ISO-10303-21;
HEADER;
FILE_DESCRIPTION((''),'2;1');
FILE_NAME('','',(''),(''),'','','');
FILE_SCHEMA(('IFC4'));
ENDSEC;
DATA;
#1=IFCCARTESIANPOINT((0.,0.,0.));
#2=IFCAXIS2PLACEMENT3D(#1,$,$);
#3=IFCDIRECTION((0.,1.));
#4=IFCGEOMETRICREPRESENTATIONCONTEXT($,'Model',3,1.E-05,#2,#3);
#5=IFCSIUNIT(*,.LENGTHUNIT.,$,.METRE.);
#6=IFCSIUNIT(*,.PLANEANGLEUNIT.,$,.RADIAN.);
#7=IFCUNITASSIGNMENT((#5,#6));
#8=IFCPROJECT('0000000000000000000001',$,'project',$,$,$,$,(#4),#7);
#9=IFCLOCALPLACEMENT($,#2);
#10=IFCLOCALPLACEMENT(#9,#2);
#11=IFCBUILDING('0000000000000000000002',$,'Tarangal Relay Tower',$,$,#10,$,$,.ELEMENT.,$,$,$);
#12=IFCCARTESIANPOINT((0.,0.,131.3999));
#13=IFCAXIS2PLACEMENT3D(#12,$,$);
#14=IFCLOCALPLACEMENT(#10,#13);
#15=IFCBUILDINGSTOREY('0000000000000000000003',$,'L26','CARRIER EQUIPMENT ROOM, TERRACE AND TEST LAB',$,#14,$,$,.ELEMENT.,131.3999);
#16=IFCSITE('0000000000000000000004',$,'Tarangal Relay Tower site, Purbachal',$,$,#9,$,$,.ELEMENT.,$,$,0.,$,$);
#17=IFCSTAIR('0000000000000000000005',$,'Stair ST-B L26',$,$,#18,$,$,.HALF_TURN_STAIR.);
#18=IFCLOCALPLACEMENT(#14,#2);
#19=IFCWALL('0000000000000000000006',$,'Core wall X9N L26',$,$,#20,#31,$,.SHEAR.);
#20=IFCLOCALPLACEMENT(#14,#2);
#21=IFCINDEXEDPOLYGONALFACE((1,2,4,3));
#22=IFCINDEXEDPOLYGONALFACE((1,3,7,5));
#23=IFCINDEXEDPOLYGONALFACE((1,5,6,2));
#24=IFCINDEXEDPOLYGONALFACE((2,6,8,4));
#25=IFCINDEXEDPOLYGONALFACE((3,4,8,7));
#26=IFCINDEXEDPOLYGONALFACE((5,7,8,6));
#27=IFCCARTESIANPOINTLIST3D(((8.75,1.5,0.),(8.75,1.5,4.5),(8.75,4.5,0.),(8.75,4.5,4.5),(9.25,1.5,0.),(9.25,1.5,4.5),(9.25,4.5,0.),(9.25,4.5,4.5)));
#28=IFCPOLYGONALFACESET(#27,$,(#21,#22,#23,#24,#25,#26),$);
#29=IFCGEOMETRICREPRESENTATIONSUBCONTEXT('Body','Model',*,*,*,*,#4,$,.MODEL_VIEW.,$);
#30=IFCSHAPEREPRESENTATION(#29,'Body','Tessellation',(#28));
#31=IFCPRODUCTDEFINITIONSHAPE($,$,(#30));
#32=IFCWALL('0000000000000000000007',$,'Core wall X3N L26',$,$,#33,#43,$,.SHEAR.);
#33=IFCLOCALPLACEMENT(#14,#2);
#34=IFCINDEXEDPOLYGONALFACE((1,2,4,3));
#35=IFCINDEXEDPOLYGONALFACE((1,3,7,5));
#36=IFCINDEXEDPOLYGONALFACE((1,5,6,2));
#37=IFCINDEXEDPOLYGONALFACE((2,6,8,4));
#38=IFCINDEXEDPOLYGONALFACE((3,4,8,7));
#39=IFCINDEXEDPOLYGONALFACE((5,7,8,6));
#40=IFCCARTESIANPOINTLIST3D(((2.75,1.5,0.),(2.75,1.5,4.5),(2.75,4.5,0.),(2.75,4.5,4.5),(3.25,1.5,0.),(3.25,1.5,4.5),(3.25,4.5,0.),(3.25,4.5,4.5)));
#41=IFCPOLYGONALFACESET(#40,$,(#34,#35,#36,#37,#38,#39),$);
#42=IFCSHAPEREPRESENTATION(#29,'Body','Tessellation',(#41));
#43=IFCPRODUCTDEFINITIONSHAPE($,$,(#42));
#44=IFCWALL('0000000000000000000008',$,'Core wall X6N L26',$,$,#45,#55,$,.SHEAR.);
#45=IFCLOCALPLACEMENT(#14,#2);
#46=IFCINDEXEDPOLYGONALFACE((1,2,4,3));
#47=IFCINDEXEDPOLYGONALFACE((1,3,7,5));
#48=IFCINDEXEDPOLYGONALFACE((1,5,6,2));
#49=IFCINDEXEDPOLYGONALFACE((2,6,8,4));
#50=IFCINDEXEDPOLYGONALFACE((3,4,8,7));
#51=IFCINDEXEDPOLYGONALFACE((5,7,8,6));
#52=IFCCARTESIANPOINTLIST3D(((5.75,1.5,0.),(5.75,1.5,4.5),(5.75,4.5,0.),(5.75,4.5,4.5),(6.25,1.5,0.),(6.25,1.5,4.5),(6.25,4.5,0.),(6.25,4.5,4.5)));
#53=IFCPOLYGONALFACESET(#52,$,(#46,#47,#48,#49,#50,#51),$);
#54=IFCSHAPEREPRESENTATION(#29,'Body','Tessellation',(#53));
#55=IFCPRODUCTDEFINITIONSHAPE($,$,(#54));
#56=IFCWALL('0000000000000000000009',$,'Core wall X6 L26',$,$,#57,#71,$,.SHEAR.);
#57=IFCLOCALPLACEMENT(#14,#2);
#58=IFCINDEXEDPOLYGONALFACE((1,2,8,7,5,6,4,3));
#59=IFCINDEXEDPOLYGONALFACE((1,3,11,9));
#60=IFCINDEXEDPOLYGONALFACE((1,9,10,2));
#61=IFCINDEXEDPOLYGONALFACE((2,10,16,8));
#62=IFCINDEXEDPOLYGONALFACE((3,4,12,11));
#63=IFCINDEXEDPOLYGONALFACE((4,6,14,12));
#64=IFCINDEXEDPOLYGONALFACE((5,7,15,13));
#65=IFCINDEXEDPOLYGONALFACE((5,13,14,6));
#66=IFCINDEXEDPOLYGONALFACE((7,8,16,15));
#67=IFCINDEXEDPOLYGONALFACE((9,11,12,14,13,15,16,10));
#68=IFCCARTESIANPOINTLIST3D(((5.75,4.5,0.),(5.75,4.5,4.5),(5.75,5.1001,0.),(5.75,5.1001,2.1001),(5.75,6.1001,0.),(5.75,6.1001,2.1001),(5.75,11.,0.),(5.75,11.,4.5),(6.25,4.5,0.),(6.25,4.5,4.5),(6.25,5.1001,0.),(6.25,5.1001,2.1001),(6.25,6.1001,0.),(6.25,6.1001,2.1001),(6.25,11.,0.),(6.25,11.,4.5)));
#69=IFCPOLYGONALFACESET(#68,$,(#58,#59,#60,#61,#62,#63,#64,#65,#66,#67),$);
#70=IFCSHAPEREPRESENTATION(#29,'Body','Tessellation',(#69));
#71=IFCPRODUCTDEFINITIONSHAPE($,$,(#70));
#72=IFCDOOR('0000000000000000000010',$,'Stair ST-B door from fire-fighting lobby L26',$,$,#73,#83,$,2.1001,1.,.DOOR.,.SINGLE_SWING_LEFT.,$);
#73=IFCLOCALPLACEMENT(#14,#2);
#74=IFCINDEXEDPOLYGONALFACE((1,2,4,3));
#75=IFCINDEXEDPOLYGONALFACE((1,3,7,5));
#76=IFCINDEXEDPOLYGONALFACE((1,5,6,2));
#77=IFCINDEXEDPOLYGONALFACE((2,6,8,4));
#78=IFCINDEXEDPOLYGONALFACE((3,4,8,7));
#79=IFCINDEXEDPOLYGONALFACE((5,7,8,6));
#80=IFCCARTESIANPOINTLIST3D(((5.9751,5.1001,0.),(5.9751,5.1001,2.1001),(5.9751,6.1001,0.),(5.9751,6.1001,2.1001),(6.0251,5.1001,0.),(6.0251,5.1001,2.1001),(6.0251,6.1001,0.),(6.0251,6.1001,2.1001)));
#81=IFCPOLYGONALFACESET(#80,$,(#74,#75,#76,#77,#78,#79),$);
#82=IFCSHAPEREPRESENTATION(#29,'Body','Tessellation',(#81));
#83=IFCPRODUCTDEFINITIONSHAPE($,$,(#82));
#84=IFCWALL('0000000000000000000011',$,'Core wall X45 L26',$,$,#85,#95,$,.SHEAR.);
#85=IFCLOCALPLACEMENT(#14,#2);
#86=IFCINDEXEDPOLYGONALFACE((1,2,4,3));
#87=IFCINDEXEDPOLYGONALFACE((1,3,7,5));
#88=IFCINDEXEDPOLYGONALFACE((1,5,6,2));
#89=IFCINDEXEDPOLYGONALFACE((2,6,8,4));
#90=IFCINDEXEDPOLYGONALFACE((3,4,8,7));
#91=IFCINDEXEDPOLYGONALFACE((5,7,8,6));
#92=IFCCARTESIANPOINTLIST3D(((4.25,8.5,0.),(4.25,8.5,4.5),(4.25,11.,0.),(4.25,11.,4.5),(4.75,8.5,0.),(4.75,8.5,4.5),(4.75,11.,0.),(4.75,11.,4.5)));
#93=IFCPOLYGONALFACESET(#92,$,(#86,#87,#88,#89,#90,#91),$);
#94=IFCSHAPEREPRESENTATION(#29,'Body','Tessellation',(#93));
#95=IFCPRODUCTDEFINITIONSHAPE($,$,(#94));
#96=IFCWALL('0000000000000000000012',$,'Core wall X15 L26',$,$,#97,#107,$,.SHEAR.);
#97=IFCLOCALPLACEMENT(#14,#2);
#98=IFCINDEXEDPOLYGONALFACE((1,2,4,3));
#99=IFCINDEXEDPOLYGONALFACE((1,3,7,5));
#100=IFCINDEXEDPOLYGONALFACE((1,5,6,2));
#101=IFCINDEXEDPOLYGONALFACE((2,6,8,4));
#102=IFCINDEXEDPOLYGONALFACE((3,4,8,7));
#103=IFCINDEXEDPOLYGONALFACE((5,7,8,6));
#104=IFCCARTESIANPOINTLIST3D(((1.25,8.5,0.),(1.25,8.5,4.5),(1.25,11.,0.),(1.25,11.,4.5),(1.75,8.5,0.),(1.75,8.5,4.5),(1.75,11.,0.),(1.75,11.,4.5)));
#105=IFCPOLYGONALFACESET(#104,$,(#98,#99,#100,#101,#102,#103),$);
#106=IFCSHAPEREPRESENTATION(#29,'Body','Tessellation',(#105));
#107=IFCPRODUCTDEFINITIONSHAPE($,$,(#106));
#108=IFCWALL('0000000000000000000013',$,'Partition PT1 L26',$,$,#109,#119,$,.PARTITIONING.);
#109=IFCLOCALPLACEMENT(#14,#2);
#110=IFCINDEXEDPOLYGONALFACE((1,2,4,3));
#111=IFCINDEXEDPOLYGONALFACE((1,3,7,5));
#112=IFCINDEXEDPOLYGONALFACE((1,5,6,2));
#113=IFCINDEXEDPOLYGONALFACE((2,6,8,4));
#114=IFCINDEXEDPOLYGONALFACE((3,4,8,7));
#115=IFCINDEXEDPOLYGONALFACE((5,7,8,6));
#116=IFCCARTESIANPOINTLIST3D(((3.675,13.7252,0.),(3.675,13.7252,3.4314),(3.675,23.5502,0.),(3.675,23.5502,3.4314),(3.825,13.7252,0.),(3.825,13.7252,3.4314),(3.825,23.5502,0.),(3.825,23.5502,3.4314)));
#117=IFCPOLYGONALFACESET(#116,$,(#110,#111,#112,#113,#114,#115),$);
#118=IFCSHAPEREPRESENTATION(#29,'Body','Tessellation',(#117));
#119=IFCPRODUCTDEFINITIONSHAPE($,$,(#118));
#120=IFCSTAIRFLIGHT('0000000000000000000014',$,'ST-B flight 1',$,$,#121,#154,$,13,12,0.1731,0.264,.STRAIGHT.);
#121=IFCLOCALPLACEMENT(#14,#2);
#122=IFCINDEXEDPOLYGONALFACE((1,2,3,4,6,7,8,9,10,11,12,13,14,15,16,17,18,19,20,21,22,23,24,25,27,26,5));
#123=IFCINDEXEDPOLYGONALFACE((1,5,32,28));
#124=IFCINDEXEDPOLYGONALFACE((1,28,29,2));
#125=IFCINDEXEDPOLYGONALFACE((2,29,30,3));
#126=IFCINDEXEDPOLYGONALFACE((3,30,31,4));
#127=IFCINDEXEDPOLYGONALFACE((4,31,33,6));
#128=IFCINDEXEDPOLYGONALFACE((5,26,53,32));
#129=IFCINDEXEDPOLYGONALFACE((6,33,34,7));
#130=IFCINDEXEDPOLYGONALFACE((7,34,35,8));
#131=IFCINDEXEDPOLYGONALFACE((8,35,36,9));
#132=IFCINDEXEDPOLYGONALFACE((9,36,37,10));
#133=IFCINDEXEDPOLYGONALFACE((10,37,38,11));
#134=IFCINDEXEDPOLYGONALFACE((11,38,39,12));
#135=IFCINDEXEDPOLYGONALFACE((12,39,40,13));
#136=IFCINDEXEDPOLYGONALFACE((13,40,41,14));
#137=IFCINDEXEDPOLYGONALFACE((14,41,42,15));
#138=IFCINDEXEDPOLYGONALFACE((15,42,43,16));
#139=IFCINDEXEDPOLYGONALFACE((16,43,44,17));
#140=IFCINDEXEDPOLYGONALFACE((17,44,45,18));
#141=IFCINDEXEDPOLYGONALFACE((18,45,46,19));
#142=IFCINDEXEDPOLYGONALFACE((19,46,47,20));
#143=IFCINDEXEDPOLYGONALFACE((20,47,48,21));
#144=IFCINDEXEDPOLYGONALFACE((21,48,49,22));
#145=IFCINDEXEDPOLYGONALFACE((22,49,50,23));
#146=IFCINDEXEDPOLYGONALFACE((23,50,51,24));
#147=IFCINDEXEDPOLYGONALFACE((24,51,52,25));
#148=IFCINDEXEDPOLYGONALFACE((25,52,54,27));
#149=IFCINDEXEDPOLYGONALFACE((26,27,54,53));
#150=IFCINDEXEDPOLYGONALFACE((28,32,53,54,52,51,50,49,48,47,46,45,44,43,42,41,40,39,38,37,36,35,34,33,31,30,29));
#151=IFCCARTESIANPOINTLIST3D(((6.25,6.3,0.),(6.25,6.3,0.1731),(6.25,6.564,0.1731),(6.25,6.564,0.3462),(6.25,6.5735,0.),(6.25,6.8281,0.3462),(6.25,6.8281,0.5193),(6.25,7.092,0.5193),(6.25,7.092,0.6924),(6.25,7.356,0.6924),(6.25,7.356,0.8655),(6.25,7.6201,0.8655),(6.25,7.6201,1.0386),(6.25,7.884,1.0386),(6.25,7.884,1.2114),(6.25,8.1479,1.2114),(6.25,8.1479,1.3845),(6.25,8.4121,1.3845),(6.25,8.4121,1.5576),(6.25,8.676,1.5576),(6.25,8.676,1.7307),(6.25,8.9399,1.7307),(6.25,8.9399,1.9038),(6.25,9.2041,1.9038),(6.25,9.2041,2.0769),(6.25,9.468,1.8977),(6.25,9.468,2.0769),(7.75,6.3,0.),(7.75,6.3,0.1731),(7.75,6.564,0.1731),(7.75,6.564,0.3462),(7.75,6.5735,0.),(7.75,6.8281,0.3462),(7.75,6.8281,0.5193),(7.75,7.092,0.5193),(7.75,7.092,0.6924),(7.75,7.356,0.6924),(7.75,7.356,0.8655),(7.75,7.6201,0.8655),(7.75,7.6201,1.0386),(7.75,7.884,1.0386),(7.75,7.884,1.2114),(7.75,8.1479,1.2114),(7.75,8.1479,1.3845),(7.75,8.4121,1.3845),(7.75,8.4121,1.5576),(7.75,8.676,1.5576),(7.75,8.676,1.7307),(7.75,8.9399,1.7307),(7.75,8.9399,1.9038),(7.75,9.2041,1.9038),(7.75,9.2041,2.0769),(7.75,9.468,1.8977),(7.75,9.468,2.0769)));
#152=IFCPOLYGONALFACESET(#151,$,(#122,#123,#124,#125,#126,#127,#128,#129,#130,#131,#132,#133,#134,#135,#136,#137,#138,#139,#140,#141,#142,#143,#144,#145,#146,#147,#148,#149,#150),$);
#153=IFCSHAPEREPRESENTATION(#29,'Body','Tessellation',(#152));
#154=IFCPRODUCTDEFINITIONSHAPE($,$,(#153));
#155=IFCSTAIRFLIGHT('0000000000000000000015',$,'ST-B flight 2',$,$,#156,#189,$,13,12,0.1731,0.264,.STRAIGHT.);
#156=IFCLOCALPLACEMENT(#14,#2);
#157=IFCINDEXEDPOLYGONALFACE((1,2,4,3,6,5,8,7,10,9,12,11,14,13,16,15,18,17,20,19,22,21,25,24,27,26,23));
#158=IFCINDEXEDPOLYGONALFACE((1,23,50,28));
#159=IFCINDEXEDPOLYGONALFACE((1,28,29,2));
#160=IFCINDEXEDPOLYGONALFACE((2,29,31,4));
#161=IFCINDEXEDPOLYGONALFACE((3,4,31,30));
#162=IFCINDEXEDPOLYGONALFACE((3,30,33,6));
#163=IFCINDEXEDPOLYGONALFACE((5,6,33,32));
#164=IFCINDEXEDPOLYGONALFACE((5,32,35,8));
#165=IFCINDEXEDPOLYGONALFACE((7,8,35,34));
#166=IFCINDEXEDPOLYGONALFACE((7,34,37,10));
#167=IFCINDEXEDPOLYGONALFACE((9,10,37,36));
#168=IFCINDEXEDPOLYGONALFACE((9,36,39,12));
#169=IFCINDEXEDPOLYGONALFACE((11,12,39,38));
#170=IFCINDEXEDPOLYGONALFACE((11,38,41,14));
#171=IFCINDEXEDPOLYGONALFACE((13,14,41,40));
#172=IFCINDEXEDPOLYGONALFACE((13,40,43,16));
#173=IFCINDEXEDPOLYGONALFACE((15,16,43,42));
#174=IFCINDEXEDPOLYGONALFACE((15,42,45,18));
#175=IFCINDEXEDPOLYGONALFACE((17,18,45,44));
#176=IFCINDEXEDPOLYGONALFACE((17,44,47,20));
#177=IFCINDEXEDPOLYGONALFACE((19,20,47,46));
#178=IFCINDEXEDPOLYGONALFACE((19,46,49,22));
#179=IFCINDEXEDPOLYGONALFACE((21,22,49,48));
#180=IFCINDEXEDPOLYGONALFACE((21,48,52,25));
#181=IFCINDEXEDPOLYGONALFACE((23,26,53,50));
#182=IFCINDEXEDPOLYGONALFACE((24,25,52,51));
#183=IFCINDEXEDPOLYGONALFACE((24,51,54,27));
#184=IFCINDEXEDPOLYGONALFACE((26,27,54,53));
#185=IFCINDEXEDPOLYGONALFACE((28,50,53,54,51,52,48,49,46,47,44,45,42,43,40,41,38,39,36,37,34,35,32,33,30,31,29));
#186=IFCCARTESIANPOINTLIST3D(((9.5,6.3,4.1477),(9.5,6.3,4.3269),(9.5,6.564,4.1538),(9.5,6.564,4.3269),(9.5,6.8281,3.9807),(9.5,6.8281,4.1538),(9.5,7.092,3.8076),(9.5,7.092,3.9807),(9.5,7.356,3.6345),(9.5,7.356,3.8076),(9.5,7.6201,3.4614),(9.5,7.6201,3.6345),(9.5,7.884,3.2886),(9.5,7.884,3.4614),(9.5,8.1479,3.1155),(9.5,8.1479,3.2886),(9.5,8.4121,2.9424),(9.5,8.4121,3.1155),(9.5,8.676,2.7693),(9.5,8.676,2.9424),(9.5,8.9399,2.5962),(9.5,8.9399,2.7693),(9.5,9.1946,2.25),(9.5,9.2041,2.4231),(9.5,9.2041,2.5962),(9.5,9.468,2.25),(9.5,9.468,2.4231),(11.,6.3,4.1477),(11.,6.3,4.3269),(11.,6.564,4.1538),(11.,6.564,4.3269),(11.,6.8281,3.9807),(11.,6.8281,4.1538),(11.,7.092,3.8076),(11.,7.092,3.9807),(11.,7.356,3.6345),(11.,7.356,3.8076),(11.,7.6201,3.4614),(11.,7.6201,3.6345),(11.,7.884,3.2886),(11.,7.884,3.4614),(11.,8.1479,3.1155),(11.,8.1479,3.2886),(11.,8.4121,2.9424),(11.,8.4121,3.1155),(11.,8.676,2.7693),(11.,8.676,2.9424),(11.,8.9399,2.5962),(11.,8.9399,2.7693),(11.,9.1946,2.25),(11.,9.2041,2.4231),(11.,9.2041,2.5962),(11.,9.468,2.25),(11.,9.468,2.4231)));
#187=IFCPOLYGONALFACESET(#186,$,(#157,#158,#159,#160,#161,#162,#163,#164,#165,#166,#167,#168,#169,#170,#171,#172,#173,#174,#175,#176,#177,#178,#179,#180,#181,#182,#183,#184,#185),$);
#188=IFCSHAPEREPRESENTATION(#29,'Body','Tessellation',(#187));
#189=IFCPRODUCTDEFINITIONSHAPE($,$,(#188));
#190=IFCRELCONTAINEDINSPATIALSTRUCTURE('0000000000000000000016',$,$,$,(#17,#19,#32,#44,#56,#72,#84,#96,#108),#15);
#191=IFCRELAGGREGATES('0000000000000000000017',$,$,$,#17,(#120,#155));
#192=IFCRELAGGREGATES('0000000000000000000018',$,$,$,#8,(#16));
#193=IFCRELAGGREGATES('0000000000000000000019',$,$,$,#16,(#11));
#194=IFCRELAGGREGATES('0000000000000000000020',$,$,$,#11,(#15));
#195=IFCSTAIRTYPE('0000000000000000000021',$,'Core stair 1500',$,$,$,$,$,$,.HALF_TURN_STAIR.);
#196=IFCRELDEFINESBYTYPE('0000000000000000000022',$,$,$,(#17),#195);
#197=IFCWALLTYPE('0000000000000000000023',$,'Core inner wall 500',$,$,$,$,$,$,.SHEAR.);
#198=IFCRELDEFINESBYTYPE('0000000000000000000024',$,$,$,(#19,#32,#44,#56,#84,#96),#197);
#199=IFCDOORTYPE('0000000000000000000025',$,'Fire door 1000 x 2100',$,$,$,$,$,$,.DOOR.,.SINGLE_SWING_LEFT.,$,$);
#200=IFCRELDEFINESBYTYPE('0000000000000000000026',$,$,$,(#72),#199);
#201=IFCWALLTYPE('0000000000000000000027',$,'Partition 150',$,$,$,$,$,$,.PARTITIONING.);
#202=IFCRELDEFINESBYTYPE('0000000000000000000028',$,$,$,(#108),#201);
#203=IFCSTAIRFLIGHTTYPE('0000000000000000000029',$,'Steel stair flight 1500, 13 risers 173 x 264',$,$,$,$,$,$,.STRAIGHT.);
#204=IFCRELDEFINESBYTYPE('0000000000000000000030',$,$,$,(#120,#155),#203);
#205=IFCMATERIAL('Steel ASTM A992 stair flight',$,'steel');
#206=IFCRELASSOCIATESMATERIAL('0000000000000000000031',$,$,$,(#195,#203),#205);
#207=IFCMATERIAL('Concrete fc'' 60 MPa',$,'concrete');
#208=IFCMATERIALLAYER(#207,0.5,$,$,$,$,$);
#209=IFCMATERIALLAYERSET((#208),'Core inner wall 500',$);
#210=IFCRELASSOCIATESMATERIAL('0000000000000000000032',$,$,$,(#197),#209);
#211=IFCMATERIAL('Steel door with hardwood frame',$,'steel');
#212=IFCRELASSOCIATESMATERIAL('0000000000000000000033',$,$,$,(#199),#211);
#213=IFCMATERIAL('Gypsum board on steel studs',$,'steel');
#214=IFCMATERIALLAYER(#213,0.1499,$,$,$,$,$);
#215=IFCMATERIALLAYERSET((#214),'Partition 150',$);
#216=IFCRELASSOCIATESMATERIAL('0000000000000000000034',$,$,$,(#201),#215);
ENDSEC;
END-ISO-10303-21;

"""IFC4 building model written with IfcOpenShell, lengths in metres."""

from ifc_helpers import new_model, si_unit, direction, frame, frame_2d, origin, place, context, subcontext, project, spatial, polyline, rectangle, outline, extrude, material, layer, layer_set, type_object, element, fill, aggregate, save


model = new_model("IFC4")

# Units and contexts
model_context = context("Model", 3, precision=1e-05, world=origin(), true_north=direction((0.0, 1.0)))
body_context = subcontext(model_context, "Body", "Model", "MODEL_VIEW")
ifc_project = project(units=[si_unit("LENGTHUNIT", "METRE"), si_unit("PLANEANGLEUNIT", "RADIAN")], contexts=[model_context])

# Site, building, storey
site_placement = place(None, origin())
site = spatial("IfcSite", under=ifc_project, at=site_placement, Name="Tarangal Relay Tower site, Purbachal", CompositionType="ELEMENT", RefElevation=0.0)
building_placement = place(site_placement, origin())
building = spatial("IfcBuilding", under=site, at=building_placement, Name="Tarangal Relay Tower", CompositionType="ELEMENT")
storey_placement = place(building_placement, frame((0.0, 0.0, 131.3999)))
storey = spatial("IfcBuildingStorey", under=building, at=storey_placement, Name="L26", Description="CARRIER EQUIPMENT ROOM, TERRACE AND TEST LAB", CompositionType="ELEMENT", Elevation=131.3999)

# Stair
ifc_material_1 = material(Name="Steel ASTM A992 stair flight", Category="steel")
stair_type = type_object("IfcStairType", Name="Core stair 1500", PredefinedType="HALF_TURN_STAIR", material=ifc_material_1)
stair_1_placement = place(storey_placement, origin())
stair_1 = element("IfcStair", 1, at=stair_1_placement, inside=storey, type_object=stair_type, Name="Stair ST-B L26", PredefinedType="HALF_TURN_STAIR")

# Walls
ifc_material_2 = material(Name="Concrete fc' 60 MPa", Category="concrete")
ifc_layer_1 = layer(ifc_material_2, 0.5)
ifc_layer_set_1 = layer_set([ifc_layer_1], Name="Core inner wall 500")
wall_type_1 = type_object("IfcWallType", Name="Core inner wall 500", PredefinedType="SHEAR", material=ifc_layer_set_1)
for number, where, z_axis, x_axis, name in (
    (2, (9.0, 1.5, 0.0), (0.0, 0.0, 1.0), (0.0, 1.0, 0.0), "Core wall X9N L26"),
    (3, (3.0, 1.5, 0.0), (0.0, 0.0, 1.0), (0.0, 1.0, 0.0), "Core wall X3N L26"),
    (4, (6.0, 1.5, 0.0), (0.0, 0.0, 1.0), (0.0, 1.0, 0.0), "Core wall X6N L26"),
):
    element("IfcWall", number, at=place(storey_placement, frame(where, z_axis=z_axis, x_axis=x_axis)), inside=storey, type_object=wall_type_1, Name=name, PredefinedType="SHEAR", context=body_context, shape_type="SweptSolid", body=[
        extrude(rectangle(XDim=3.0, YDim=0.5, at=frame_2d((1.5, 0.0))), origin(), (0.0, 0.0, 1.0), 4.5),
    ])

# Wall, opening, door
wall_1_placement = place(storey_placement, frame((6.0, 4.5, 0.0), z_axis=(0.0, 0.0, 1.0), x_axis=(0.0, 1.0, 0.0)))
wall_1 = element("IfcWall", 5, at=wall_1_placement, inside=storey, type_object=wall_type_1, Name="Core wall X6 L26", PredefinedType="SHEAR", context=body_context, shape_type="SweptSolid", body=[
    extrude(rectangle(XDim=6.5, YDim=0.5, at=frame_2d((3.25, 0.0))), origin(), (0.0, 0.0, 1.0), 4.5),
])
opening_placement = place(wall_1_placement, frame((0.6001, 0.0, 0.0)))
opening = element("IfcOpeningElement", 6, at=opening_placement, cuts=wall_1, PredefinedType="OPENING", context=body_context, shape_type="SweptSolid", body=[
    extrude(rectangle(XDim=1.0, YDim=2.1001, at=frame_2d((0.5, 1.05))), frame((0.0, 0.26, 0.0), z_axis=(0.0, -1.0, 0.0), x_axis=(1.0, 0.0, 0.0)), (0.0, 0.0, 1.0), 0.52),
])
ifc_material_3 = material(Name="Steel door with hardwood frame", Category="steel")
door_type = type_object("IfcDoorType", Name="Fire door 1000 x 2100", OperationType="SINGLE_SWING_LEFT", PredefinedType="DOOR", material=ifc_material_3)
door_placement = place(opening_placement, origin())
door = element("IfcDoor", 7, at=door_placement, inside=storey, type_object=door_type, Name="Stair ST-B door from fire-fighting lobby L26", OperationType="SINGLE_SWING_LEFT", OverallHeight=2.1001, OverallWidth=1.0, PredefinedType="DOOR", context=body_context, shape_type="SweptSolid", body=[
    extrude(rectangle(XDim=1.0, YDim=2.1001, at=frame_2d((0.5, 1.05))), frame((0.0, 0.0249, 0.0), z_axis=(0.0, -1.0, 0.0), x_axis=(1.0, 0.0, 0.0)), (0.0, 0.0, 1.0), 0.05),
])
fill(opening, door)

# Walls
for number, where, z_axis, x_axis, name in (
    (8, (4.5, 8.5, 0.0), (0.0, 0.0, 1.0), (0.0, 1.0, 0.0), "Core wall X45 L26"),
    (9, (1.5, 8.5, 0.0), (0.0, 0.0, 1.0), (0.0, 1.0, 0.0), "Core wall X15 L26"),
):
    element("IfcWall", number, at=place(storey_placement, frame(where, z_axis=z_axis, x_axis=x_axis)), inside=storey, type_object=wall_type_1, Name=name, PredefinedType="SHEAR", context=body_context, shape_type="SweptSolid", body=[
        extrude(rectangle(XDim=2.5, YDim=0.5, at=frame_2d((1.25, 0.0))), origin(), (0.0, 0.0, 1.0), 4.5),
    ])
ifc_material_4 = material(Name="Gypsum board on steel studs", Category="steel")
ifc_layer_2 = layer(ifc_material_4, 0.1499)
ifc_layer_set_2 = layer_set([ifc_layer_2], Name="Partition 150")
wall_type_2 = type_object("IfcWallType", Name="Partition 150", PredefinedType="PARTITIONING", material=ifc_layer_set_2)
wall_2_placement = place(storey_placement, frame((3.75, 13.7251, 0.0), z_axis=(0.0, 0.0, 1.0), x_axis=(0.0, 1.0, 0.0)))
element("IfcWall", 10, at=wall_2_placement, inside=storey, type_object=wall_type_2, Name="Partition PT1 L26", PredefinedType="PARTITIONING", context=body_context, shape_type="SweptSolid", body=[
    extrude(rectangle(XDim=9.825, YDim=0.1499, at=frame_2d((4.9126, 0.0))), origin(), (0.0, 0.0, 1.0), 3.4314),
])

# Stair flights
stair_flight_type = type_object("IfcStairFlightType", Name="Steel stair flight 1500, 13 risers 173 x 264", PredefinedType="STRAIGHT", material=ifc_material_1)
stair_flight_1_placement = place(storey_placement, frame((7.0, 6.3, 0.0), z_axis=(0.0, 0.0, 1.0), x_axis=(0.0, 1.0, 0.0)))
stair_flight_1 = element("IfcStairFlight", 11, at=stair_flight_1_placement, type_object=stair_flight_type, Name="ST-B flight 1", NumberOfRisers=13, NumberOfTreads=12, PredefinedType="STRAIGHT", RiserHeight=0.1731, TreadLength=0.264, context=body_context, shape_type="SweptSolid", body=[
    extrude(outline(polyline([(0.0, 0.0), (0.0, 0.1731), (0.2639, 0.1731), (0.2639, 0.3462), (0.5281, 0.3462), (0.5281, 0.5193), (0.792, 0.5193), (0.792, 0.6924), (1.0559, 0.6924), (1.0559, 0.8655), (1.3201, 0.8655), (1.3201, 1.0386), (1.584, 1.0386), (1.584, 1.2114), (1.8479, 1.2114), (1.8479, 1.3845), (2.1121, 1.3845), (2.1121, 1.5576), (2.376, 1.5576), (2.376, 1.7307), (2.6399, 1.7307), (2.6399, 1.9038), (2.9041, 1.9038), (2.9041, 2.0769), (3.168, 2.0769), (3.168, 2.25), (3.168, 1.8977), (0.2734, 0.0), (0.0, 0.0)])), frame((0.0, 0.75, 0.0), z_axis=(0.0, -1.0, 0.0), x_axis=(1.0, 0.0, 0.0)), (0.0, 0.0, 1.0), 1.5),
])
stair_flight_2_placement = place(storey_placement, frame((10.25, 9.468, 2.25), z_axis=(0.0, 0.0, 1.0), x_axis=(0.0, -1.0, 0.0)))
stair_flight_2 = element("IfcStairFlight", 12, at=stair_flight_2_placement, type_object=stair_flight_type, Name="ST-B flight 2", NumberOfRisers=13, NumberOfTreads=12, PredefinedType="STRAIGHT", RiserHeight=0.1731, TreadLength=0.264, context=body_context, shape_type="SweptSolid", body=[
    extrude(outline(polyline([(0.0, 0.0), (0.0, 0.1731), (0.2639, 0.1731), (0.2639, 0.3462), (0.5281, 0.3462), (0.5281, 0.5193), (0.792, 0.5193), (0.792, 0.6924), (1.0559, 0.6924), (1.0559, 0.8655), (1.3201, 0.8655), (1.3201, 1.0386), (1.584, 1.0386), (1.584, 1.2114), (1.8479, 1.2114), (1.8479, 1.3845), (2.1121, 1.3845), (2.1121, 1.5576), (2.376, 1.5576), (2.376, 1.7307), (2.6399, 1.7307), (2.6399, 1.9038), (2.9041, 1.9038), (2.9041, 2.0769), (3.168, 2.0769), (3.168, 2.25), (3.168, 1.8977), (0.2734, 0.0), (0.0, 0.0)])), frame((0.0, 0.75, 0.0), z_axis=(0.0, -1.0, 0.0), x_axis=(1.0, 0.0, 0.0)), (0.0, 0.0, 1.0), 1.5),
])
aggregate(stair_1, [stair_flight_1, stair_flight_2])

save(model, "model.ifc")
